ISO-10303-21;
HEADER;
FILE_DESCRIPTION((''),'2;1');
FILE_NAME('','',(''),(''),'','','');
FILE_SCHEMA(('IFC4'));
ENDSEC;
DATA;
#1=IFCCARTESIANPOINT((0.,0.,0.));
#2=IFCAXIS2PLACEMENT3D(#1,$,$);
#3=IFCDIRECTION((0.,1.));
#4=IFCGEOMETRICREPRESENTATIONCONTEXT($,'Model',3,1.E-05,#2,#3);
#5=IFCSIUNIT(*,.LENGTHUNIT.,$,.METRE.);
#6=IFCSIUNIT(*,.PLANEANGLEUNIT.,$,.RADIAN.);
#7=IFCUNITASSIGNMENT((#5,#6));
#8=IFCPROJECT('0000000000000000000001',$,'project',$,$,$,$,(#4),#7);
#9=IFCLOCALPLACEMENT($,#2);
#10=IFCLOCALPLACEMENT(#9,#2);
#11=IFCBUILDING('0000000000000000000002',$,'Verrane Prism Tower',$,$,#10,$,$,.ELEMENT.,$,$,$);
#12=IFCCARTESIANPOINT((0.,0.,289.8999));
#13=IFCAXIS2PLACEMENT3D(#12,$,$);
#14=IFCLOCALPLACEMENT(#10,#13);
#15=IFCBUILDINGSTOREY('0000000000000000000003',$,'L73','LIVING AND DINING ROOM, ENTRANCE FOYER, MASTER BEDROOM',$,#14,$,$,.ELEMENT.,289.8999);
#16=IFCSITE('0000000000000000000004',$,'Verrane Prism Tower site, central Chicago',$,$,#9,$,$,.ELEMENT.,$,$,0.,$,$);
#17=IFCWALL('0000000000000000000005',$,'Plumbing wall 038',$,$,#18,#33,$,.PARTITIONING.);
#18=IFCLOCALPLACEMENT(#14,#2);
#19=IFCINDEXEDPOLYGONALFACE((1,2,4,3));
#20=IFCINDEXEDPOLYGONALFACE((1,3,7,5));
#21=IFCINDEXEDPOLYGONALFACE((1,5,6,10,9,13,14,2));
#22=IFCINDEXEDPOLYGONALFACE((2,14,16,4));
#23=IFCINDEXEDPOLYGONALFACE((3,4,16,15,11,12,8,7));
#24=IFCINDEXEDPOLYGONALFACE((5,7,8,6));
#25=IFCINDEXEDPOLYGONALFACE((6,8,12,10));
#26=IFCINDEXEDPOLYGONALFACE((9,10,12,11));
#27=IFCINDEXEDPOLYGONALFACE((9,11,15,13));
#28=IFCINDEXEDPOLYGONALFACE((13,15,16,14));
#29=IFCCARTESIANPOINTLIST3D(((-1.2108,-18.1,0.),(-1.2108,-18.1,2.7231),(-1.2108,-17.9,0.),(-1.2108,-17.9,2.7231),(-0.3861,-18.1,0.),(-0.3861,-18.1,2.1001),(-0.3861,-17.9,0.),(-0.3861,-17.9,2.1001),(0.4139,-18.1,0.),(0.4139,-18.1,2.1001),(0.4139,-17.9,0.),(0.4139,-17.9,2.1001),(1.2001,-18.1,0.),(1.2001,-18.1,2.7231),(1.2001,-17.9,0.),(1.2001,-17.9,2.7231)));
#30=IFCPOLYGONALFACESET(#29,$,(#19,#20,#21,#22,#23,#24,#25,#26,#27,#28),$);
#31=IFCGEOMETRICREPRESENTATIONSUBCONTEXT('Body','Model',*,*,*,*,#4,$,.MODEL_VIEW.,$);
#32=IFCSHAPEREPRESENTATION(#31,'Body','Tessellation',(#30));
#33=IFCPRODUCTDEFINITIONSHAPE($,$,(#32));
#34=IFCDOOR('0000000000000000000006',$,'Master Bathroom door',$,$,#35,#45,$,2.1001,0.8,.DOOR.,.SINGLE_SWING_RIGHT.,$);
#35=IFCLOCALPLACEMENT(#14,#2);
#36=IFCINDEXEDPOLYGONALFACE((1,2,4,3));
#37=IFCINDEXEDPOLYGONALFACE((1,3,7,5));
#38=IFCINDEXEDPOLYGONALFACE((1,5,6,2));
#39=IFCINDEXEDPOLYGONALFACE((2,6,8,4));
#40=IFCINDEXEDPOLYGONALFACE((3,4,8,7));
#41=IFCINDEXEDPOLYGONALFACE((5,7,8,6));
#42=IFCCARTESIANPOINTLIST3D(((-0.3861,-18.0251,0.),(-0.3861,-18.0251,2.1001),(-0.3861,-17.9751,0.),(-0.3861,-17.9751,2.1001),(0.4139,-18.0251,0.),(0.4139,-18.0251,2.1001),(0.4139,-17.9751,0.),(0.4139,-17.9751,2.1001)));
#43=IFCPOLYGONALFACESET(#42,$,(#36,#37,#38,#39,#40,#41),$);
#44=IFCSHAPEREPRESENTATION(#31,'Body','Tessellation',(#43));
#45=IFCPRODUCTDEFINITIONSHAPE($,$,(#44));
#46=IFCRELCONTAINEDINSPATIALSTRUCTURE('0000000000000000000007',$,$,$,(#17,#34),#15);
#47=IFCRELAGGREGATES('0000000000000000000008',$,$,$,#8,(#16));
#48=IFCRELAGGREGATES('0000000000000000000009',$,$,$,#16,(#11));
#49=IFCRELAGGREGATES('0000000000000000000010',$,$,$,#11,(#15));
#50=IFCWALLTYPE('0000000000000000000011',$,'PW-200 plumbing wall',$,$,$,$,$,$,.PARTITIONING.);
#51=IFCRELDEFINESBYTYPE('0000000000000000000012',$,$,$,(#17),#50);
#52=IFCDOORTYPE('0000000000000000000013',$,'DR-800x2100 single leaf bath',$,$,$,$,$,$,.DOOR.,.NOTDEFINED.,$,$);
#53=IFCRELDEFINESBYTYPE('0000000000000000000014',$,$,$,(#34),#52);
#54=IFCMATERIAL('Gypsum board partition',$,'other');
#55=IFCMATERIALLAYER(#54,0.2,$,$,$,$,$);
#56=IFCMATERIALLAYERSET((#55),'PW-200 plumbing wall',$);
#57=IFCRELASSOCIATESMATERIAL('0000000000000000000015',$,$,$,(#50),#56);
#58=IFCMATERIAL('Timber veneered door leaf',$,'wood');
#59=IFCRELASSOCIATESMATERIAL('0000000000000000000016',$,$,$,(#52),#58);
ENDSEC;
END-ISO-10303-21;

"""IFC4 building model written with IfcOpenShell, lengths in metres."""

from ifc_helpers import new_model, si_unit, direction, frame, frame_2d, origin, place, context, subcontext, project, spatial, rectangle, extrude, material, layer, layer_set, type_object, element, fill, save


model = new_model("IFC4")

# Units and contexts
model_context = context("Model", 3, precision=1e-05, world=origin(), true_north=direction((0.0, 1.0)))
body_context = subcontext(model_context, "Body", "Model", "MODEL_VIEW")
ifc_project = project(units=[si_unit("LENGTHUNIT", "METRE"), si_unit("PLANEANGLEUNIT", "RADIAN")], contexts=[model_context])

# Site, building, storey
site_placement = place(None, origin())
site = spatial("IfcSite", under=ifc_project, at=site_placement, Name="Verrane Prism Tower site, central Chicago", CompositionType="ELEMENT", RefElevation=0.0)
building_placement = place(site_placement, origin())
building = spatial("IfcBuilding", under=site, at=building_placement, Name="Verrane Prism Tower", CompositionType="ELEMENT")
storey_placement = place(building_placement, frame((0.0, 0.0, 289.8999)))
storey = spatial("IfcBuildingStorey", under=building, at=storey_placement, Name="L73", Description="LIVING AND DINING ROOM, ENTRANCE FOYER, MASTER BEDROOM", CompositionType="ELEMENT", Elevation=289.8999)

# Wall, opening, door
ifc_material_1 = material(Name="Gypsum board partition", Category="other")
ifc_layer_1 = layer(ifc_material_1, 0.2)
ifc_layer_set_1 = layer_set([ifc_layer_1], Name="PW-200 plumbing wall")
wall_type_1 = type_object("IfcWallType", Name="PW-200 plumbing wall", PredefinedType="PARTITIONING", material=ifc_layer_set_1)
wall_1_placement = place(storey_placement, frame((-1.2109, -18.0, 0.0), z_axis=(0.0, 0.0, 1.0), x_axis=(1.0, 0.0, 0.0)))
wall_1 = element("IfcWall", 1, at=wall_1_placement, inside=storey, type_object=wall_type_1, Name="Plumbing wall 038", PredefinedType="PARTITIONING", context=body_context, shape_type="SweptSolid", body=[
    extrude(rectangle(XDim=2.4109, YDim=0.2, at=frame_2d((1.2056, 0.0))), origin(), (0.0, 0.0, 1.0), 2.7231),
])
opening_1_placement = place(wall_1_placement, frame((0.825, 0.0, 0.0)))
opening_1 = element("IfcOpeningElement", 2, at=opening_1_placement, cuts=wall_1, PredefinedType="OPENING", context=body_context, shape_type="SweptSolid", body=[
    extrude(rectangle(XDim=0.8, YDim=2.1001, at=frame_2d((0.3999, 1.05))), frame((0.0, 0.1099, 0.0), z_axis=(0.0, -1.0, 0.0), x_axis=(1.0, 0.0, 0.0)), (0.0, 0.0, 1.0), 0.22),
])
ifc_material_2 = material(Name="Timber veneered door leaf", Category="wood")
door_type_1 = type_object("IfcDoorType", Name="DR-800x2100 single leaf bath", OperationType="NOTDEFINED", PredefinedType="DOOR", material=ifc_material_2)
door_1_placement = place(opening_1_placement, origin())
door_1 = element("IfcDoor", 3, at=door_1_placement, inside=storey, type_object=door_type_1, Name="Master Bathroom door", OperationType="SINGLE_SWING_RIGHT", OverallHeight=2.1001, OverallWidth=0.8, PredefinedType="DOOR", context=body_context, shape_type="SweptSolid", body=[
    extrude(rectangle(XDim=0.8, YDim=2.1001, at=frame_2d((0.3999, 1.05))), frame((0.0, 0.0249, 0.0), z_axis=(0.0, -1.0, 0.0), x_axis=(1.0, 0.0, 0.0)), (0.0, 0.0, 1.0), 0.05),
])
fill(opening_1, door_1)

save(model, "model.ifc")
